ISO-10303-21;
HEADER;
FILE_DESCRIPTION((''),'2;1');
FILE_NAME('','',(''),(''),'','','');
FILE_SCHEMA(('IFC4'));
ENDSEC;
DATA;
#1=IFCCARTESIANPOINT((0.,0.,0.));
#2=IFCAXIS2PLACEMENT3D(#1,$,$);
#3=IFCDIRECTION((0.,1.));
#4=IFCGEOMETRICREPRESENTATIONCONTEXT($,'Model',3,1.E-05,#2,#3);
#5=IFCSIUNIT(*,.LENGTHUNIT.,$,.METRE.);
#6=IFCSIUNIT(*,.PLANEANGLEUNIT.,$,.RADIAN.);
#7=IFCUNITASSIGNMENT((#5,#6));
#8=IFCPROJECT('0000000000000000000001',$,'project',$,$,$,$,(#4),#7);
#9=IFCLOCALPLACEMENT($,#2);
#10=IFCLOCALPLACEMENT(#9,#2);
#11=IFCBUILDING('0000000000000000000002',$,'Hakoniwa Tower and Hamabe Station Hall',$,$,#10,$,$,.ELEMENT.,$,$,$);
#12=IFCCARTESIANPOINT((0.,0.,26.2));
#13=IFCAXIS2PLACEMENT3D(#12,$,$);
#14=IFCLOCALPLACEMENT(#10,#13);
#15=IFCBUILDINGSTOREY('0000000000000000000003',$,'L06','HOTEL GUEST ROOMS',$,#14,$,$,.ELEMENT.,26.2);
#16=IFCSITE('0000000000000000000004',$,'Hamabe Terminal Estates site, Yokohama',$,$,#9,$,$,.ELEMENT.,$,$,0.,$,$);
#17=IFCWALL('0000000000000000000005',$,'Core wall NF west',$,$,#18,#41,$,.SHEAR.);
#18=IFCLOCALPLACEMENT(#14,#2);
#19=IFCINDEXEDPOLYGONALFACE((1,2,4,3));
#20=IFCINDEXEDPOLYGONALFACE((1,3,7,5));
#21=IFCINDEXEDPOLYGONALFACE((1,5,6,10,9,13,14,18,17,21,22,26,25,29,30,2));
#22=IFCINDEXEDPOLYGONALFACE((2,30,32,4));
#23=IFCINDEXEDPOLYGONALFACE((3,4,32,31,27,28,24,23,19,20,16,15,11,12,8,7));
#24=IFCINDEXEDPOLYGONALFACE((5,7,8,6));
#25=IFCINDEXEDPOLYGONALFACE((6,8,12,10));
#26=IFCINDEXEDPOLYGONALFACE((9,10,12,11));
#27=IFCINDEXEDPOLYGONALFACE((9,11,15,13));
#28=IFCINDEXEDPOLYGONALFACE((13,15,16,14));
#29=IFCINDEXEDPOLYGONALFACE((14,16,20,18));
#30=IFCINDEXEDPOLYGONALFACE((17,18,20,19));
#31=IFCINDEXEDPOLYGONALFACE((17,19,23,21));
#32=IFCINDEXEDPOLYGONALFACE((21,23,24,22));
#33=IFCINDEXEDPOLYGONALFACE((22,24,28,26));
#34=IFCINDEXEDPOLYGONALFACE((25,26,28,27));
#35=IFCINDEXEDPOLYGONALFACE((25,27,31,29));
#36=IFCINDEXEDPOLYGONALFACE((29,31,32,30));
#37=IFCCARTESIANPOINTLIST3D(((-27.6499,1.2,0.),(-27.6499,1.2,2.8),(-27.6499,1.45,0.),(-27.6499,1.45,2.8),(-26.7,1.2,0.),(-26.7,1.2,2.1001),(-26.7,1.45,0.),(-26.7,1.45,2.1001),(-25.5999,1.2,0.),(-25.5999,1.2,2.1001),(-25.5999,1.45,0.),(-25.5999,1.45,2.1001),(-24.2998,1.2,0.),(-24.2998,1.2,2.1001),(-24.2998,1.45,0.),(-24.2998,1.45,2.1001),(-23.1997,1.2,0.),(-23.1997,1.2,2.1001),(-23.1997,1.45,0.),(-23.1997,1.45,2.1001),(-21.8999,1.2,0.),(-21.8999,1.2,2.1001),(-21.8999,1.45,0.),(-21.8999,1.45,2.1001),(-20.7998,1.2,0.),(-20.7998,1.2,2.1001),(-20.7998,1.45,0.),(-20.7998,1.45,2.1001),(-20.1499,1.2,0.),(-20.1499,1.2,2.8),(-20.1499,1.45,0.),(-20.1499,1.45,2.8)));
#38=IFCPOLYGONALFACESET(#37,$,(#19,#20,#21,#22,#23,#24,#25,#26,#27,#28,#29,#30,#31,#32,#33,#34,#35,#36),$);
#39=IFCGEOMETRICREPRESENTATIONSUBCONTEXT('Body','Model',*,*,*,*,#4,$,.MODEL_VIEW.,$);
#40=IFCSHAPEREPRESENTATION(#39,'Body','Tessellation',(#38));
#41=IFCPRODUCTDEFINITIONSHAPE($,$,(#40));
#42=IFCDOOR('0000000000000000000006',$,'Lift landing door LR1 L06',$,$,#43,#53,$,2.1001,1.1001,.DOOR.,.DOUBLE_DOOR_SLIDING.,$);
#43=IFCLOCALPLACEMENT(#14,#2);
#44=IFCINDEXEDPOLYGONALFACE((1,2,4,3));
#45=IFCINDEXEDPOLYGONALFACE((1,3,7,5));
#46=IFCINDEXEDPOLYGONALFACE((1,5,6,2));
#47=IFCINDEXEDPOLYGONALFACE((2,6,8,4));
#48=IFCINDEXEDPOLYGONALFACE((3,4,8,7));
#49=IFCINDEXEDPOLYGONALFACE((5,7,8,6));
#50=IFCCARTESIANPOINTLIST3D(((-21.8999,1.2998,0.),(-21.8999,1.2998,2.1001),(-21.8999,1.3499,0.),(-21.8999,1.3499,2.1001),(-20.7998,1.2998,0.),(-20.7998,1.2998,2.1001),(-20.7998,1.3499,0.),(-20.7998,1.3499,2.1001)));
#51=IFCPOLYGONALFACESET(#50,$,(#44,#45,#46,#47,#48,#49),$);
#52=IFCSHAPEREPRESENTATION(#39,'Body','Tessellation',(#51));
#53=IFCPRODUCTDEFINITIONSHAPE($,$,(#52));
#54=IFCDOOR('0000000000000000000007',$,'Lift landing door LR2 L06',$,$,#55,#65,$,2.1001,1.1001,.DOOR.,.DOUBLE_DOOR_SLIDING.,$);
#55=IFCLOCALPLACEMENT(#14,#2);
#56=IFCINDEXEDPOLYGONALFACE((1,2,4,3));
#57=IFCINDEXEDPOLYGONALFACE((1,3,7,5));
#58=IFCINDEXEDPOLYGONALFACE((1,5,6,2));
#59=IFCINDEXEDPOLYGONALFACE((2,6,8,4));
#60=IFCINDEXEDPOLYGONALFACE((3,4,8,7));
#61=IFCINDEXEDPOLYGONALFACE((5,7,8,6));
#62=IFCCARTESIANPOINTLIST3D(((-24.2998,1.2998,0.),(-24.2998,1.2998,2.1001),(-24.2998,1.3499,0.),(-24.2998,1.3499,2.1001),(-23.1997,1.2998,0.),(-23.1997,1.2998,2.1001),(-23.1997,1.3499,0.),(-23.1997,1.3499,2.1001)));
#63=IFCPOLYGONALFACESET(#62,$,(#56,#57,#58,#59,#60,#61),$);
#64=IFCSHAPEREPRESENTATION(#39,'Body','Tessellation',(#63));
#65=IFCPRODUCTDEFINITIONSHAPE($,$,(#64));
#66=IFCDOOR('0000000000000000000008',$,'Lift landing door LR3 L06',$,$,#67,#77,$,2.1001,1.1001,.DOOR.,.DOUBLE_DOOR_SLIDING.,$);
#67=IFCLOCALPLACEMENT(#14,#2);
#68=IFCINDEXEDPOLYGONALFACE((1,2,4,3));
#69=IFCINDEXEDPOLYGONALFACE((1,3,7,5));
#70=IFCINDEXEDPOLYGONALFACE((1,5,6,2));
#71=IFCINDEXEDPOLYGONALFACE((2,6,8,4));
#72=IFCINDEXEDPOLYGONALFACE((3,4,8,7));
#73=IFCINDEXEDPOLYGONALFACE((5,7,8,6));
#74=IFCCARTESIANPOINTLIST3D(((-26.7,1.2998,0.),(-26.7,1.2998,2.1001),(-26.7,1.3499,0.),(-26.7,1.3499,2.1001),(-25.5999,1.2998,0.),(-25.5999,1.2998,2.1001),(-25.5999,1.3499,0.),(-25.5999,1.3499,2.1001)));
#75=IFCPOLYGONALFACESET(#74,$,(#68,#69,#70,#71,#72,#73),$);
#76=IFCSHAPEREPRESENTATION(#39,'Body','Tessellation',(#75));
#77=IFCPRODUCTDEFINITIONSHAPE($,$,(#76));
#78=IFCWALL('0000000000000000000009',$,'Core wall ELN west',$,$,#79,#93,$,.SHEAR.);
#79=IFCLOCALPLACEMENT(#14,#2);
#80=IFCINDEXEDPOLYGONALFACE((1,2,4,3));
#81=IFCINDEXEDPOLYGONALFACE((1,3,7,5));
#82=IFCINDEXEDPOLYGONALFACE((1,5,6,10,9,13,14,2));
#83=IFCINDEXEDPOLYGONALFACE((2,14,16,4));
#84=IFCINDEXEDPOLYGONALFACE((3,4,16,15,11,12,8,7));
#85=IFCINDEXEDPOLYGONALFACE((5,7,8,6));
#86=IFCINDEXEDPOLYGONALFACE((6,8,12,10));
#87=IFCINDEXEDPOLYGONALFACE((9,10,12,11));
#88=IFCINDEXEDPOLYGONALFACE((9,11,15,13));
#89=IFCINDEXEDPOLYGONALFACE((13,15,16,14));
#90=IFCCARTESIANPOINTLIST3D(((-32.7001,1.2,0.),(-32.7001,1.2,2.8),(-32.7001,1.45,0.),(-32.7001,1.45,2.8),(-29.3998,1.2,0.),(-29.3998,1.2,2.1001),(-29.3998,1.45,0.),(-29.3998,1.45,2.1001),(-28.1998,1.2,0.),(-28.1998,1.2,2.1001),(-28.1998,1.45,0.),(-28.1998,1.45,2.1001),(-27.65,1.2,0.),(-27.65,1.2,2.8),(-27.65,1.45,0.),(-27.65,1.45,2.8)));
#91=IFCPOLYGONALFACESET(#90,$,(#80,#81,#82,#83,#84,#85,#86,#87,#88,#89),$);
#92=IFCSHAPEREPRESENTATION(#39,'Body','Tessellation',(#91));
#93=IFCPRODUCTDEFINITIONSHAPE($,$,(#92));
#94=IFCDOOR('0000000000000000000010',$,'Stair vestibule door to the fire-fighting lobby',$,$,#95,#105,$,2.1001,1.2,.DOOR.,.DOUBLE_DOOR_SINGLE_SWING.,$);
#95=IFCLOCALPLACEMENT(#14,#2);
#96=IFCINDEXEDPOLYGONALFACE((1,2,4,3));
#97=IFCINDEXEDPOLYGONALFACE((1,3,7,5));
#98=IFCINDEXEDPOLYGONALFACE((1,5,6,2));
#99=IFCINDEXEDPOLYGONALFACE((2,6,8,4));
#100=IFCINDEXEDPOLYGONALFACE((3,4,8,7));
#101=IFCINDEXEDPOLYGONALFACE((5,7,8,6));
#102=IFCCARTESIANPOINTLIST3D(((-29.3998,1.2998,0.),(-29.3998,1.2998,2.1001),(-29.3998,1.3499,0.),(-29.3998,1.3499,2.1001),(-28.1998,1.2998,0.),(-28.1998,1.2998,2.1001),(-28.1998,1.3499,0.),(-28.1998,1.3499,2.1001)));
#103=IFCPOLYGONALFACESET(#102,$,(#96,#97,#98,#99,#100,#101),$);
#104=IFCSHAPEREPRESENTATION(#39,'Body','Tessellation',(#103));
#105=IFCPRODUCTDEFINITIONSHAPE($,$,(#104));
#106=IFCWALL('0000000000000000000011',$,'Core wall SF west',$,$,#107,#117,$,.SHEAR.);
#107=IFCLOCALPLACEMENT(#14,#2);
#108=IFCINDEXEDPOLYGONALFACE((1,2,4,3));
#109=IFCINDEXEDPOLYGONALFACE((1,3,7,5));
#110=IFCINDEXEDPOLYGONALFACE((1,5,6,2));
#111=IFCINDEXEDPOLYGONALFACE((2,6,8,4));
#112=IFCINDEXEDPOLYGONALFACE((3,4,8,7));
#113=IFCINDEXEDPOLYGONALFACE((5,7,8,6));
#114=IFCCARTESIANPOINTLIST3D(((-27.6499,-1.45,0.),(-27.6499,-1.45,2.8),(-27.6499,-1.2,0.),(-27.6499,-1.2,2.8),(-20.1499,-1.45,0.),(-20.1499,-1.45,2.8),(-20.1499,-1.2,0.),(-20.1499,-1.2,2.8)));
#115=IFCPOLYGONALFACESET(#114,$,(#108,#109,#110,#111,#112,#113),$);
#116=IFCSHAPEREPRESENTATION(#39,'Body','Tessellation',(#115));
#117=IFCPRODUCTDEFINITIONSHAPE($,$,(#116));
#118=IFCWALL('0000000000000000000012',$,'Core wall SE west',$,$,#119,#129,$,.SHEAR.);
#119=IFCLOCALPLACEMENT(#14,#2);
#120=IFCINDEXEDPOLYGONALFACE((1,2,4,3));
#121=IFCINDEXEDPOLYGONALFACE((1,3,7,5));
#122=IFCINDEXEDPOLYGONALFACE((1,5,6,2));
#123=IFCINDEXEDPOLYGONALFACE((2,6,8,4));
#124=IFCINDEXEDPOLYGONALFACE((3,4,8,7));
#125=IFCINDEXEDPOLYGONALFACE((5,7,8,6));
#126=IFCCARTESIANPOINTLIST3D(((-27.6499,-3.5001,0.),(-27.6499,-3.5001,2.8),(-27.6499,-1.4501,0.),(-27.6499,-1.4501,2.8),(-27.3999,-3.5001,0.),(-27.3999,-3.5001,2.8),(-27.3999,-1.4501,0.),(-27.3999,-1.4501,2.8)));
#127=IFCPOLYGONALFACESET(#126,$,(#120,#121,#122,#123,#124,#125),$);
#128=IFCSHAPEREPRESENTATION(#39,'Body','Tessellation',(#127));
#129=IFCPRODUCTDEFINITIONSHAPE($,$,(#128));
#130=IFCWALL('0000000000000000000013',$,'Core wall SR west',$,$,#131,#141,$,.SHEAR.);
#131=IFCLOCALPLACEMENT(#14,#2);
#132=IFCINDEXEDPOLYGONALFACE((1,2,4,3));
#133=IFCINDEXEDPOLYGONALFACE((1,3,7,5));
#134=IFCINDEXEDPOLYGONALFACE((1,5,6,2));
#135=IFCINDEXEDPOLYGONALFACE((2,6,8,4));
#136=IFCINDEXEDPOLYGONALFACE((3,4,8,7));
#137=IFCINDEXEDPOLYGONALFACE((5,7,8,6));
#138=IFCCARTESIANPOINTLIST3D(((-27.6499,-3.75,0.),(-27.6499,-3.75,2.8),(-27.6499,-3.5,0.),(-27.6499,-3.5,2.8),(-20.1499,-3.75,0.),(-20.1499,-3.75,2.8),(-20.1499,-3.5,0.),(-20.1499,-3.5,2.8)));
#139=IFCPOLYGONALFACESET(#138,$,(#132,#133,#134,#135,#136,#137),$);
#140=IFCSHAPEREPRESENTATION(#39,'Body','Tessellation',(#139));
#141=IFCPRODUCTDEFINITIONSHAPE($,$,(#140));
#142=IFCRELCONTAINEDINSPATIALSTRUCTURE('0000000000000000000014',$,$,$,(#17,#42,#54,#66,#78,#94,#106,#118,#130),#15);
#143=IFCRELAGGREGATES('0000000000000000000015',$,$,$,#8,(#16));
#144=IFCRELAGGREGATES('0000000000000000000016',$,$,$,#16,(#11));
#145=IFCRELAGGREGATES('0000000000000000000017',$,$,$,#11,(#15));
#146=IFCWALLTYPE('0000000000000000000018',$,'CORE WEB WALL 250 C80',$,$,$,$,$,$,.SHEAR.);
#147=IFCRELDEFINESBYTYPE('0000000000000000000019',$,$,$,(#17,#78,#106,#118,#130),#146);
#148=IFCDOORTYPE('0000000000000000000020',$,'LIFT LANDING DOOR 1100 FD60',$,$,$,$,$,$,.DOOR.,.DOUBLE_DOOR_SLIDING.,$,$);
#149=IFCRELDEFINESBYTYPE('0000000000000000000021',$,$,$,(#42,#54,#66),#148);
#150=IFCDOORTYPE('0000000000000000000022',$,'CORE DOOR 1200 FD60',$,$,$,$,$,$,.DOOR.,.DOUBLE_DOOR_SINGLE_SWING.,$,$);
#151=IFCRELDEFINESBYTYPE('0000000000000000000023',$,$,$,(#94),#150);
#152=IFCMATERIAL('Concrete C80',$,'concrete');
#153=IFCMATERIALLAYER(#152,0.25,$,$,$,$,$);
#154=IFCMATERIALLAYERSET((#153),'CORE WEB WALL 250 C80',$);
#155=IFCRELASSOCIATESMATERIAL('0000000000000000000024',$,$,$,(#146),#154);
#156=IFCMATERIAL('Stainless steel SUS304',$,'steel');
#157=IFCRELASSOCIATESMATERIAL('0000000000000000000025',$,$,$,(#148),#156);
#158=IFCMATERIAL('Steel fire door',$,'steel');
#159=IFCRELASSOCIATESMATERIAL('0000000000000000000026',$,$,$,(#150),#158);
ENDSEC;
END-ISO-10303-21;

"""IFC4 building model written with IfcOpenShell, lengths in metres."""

from ifc_helpers import new_model, si_unit, direction, frame, frame_2d, origin, place, context, subcontext, project, spatial, rectangle, extrude, material, layer, layer_set, type_object, element, fill, save


model = new_model("IFC4")

# Units and contexts
model_context = context("Model", 3, precision=1e-05, world=origin(), true_north=direction((0.0, 1.0)))
body_context = subcontext(model_context, "Body", "Model", "MODEL_VIEW")
ifc_project = project(units=[si_unit("LENGTHUNIT", "METRE"), si_unit("PLANEANGLEUNIT", "RADIAN")], contexts=[model_context])

# Site, building, storey
site_placement = place(None, origin())
site = spatial("IfcSite", under=ifc_project, at=site_placement, Name="Hamabe Terminal Estates site, Yokohama", CompositionType="ELEMENT", RefElevation=0.0)
building_placement = place(site_placement, origin())
building = spatial("IfcBuilding", under=site, at=building_placement, Name="Hakoniwa Tower and Hamabe Station Hall", CompositionType="ELEMENT")
storey_placement = place(building_placement, frame((0.0, 0.0, 26.2)))
storey = spatial("IfcBuildingStorey", under=building, at=storey_placement, Name="L06", Description="HOTEL GUEST ROOMS", CompositionType="ELEMENT", Elevation=26.2)

# Wall, openings, doors
ifc_material_1 = material(Name="Concrete C80", Category="concrete")
ifc_layer_1 = layer(ifc_material_1, 0.25)
ifc_layer_set_1 = layer_set([ifc_layer_1], Name="CORE WEB WALL 250 C80")
wall_type_1 = type_object("IfcWallType", Name="CORE WEB WALL 250 C80", PredefinedType="SHEAR", material=ifc_layer_set_1)
wall_1_placement = place(storey_placement, frame((-27.6499, 1.325, 0.0), z_axis=(0.0, 0.0, 1.0), x_axis=(1.0, 0.0, 0.0)))
wall_1 = element("IfcWall", 1, at=wall_1_placement, inside=storey, type_object=wall_type_1, Name="Core wall NF west", PredefinedType="SHEAR", context=body_context, shape_type="SweptSolid", body=[
    extrude(rectangle(XDim=7.5, YDim=0.25, at=frame_2d((3.75, 0.0))), origin(), (0.0, 0.0, 1.0), 2.8),
])
opening_1_placement = place(wall_1_placement, frame((5.75, 0.0, 0.0)))
opening_1 = element("IfcOpeningElement", 2, at=opening_1_placement, cuts=wall_1, PredefinedType="OPENING", context=body_context, shape_type="SweptSolid", body=[
    extrude(rectangle(XDim=1.1001, YDim=2.1001, at=frame_2d((0.55, 1.05))), frame((0.0, 0.135, 0.0), z_axis=(0.0, -1.0, 0.0), x_axis=(1.0, 0.0, 0.0)), (0.0, 0.0, 1.0), 0.27),
])
opening_2_placement = place(wall_1_placement, frame((3.3501, 0.0, 0.0)))
opening_2 = element("IfcOpeningElement", 3, at=opening_2_placement, cuts=wall_1, PredefinedType="OPENING", context=body_context, shape_type="SweptSolid", body=[
    extrude(rectangle(XDim=1.1001, YDim=2.1001, at=frame_2d((0.55, 1.05))), frame((0.0, 0.135, 0.0), z_axis=(0.0, -1.0, 0.0), x_axis=(1.0, 0.0, 0.0)), (0.0, 0.0, 1.0), 0.27),
])
opening_3_placement = place(wall_1_placement, frame((0.95, 0.0, 0.0)))
opening_3 = element("IfcOpeningElement", 4, at=opening_3_placement, cuts=wall_1, PredefinedType="OPENING", context=body_context, shape_type="SweptSolid", body=[
    extrude(rectangle(XDim=1.1001, YDim=2.1001, at=frame_2d((0.55, 1.05))), frame((0.0, 0.135, 0.0), z_axis=(0.0, -1.0, 0.0), x_axis=(1.0, 0.0, 0.0)), (0.0, 0.0, 1.0), 0.27),
])
ifc_material_2 = material(Name="Stainless steel SUS304", Category="steel")
door_type_1 = type_object("IfcDoorType", Name="LIFT LANDING DOOR 1100 FD60", OperationType="DOUBLE_DOOR_SLIDING", PredefinedType="DOOR", material=ifc_material_2)
door_1_placement = place(opening_1_placement, origin())
door_1 = element("IfcDoor", 5, at=door_1_placement, inside=storey, type_object=door_type_1, Name="Lift landing door LR1 L06", OperationType="DOUBLE_DOOR_SLIDING", OverallHeight=2.1001, OverallWidth=1.1001, PredefinedType="DOOR", context=body_context, shape_type="SweptSolid", body=[
    extrude(rectangle(XDim=1.1001, YDim=2.1001, at=frame_2d((0.55, 1.05))), frame((0.0, 0.0249, 0.0), z_axis=(0.0, -1.0, 0.0), x_axis=(1.0, 0.0, 0.0)), (0.0, 0.0, 1.0), 0.05),
])
fill(opening_1, door_1)
door_2_placement = place(opening_2_placement, origin())
door_2 = element("IfcDoor", 6, at=door_2_placement, inside=storey, type_object=door_type_1, Name="Lift landing door LR2 L06", OperationType="DOUBLE_DOOR_SLIDING", OverallHeight=2.1001, OverallWidth=1.1001, PredefinedType="DOOR", context=body_context, shape_type="SweptSolid", body=[
    extrude(rectangle(XDim=1.1001, YDim=2.1001, at=frame_2d((0.55, 1.05))), frame((0.0, 0.0249, 0.0), z_axis=(0.0, -1.0, 0.0), x_axis=(1.0, 0.0, 0.0)), (0.0, 0.0, 1.0), 0.05),
])
fill(opening_2, door_2)
door_3_placement = place(opening_3_placement, origin())
door_3 = element("IfcDoor", 7, at=door_3_placement, inside=storey, type_object=door_type_1, Name="Lift landing door LR3 L06", OperationType="DOUBLE_DOOR_SLIDING", OverallHeight=2.1001, OverallWidth=1.1001, PredefinedType="DOOR", context=body_context, shape_type="SweptSolid", body=[
    extrude(rectangle(XDim=1.1001, YDim=2.1001, at=frame_2d((0.55, 1.05))), frame((0.0, 0.0249, 0.0), z_axis=(0.0, -1.0, 0.0), x_axis=(1.0, 0.0, 0.0)), (0.0, 0.0, 1.0), 0.05),
])
fill(opening_3, door_3)

# Wall, opening, door
wall_2_placement = place(storey_placement, frame((-32.7, 1.325, 0.0), z_axis=(0.0, 0.0, 1.0), x_axis=(1.0, 0.0, 0.0)))
wall_2 = element("IfcWall", 8, at=wall_2_placement, inside=storey, type_object=wall_type_1, Name="Core wall ELN west", PredefinedType="SHEAR", context=body_context, shape_type="SweptSolid", body=[
    extrude(rectangle(XDim=5.05, YDim=0.25, at=frame_2d((2.5249, 0.0))), origin(), (0.0, 0.0, 1.0), 2.8),
])
opening_4_placement = place(wall_2_placement, frame((3.3, 0.0, 0.0)))
opening_4 = element("IfcOpeningElement", 9, at=opening_4_placement, cuts=wall_2, PredefinedType="OPENING", context=body_context, shape_type="SweptSolid", body=[
    extrude(rectangle(XDim=1.2, YDim=2.1001, at=frame_2d((0.6001, 1.05))), frame((0.0, 0.135, 0.0), z_axis=(0.0, -1.0, 0.0), x_axis=(1.0, 0.0, 0.0)), (0.0, 0.0, 1.0), 0.27),
])
ifc_material_3 = material(Name="Steel fire door", Category="steel")
door_type_2 = type_object("IfcDoorType", Name="CORE DOOR 1200 FD60", OperationType="DOUBLE_DOOR_SINGLE_SWING", PredefinedType="DOOR", material=ifc_material_3)
door_4_placement = place(opening_4_placement, origin())
door_4 = element("IfcDoor", 10, at=door_4_placement, inside=storey, type_object=door_type_2, Name="Stair vestibule door to the fire-fighting lobby", OperationType="DOUBLE_DOOR_SINGLE_SWING", OverallHeight=2.1001, OverallWidth=1.2, PredefinedType="DOOR", context=body_context, shape_type="SweptSolid", body=[
    extrude(rectangle(XDim=1.2, YDim=2.1001, at=frame_2d((0.6001, 1.05))), frame((0.0, 0.0249, 0.0), z_axis=(0.0, -1.0, 0.0), x_axis=(1.0, 0.0, 0.0)), (0.0, 0.0, 1.0), 0.05),
])
fill(opening_4, door_4)

# Walls
wall_3_placement = place(storey_placement, frame((-27.6499, -1.325, 0.0), z_axis=(0.0, 0.0, 1.0), x_axis=(1.0, 0.0, 0.0)))
element("IfcWall", 11, at=wall_3_placement, inside=storey, type_object=wall_type_1, Name="Core wall SF west", PredefinedType="SHEAR", context=body_context, shape_type="SweptSolid", body=[
    extrude(rectangle(XDim=7.5, YDim=0.25, at=frame_2d((3.75, 0.0))), origin(), (0.0, 0.0, 1.0), 2.8),
])
wall_4_placement = place(storey_placement, frame((-27.5249, -3.5, 0.0), z_axis=(0.0, 0.0, 1.0), x_axis=(0.0, 1.0, 0.0)))
element("IfcWall", 12, at=wall_4_placement, inside=storey, type_object=wall_type_1, Name="Core wall SE west", PredefinedType="SHEAR", context=body_context, shape_type="SweptSolid", body=[
    extrude(rectangle(XDim=2.05, YDim=0.25, at=frame_2d((1.0249, 0.0))), origin(), (0.0, 0.0, 1.0), 2.8),
])
wall_5_placement = place(storey_placement, frame((-27.6499, -3.625, 0.0), z_axis=(0.0, 0.0, 1.0), x_axis=(1.0, 0.0, 0.0)))
element("IfcWall", 13, at=wall_5_placement, inside=storey, type_object=wall_type_1, Name="Core wall SR west", PredefinedType="SHEAR", context=body_context, shape_type="SweptSolid", body=[
    extrude(rectangle(XDim=7.5, YDim=0.25, at=frame_2d((3.75, 0.0))), origin(), (0.0, 0.0, 1.0), 2.8),
])

save(model, "model.ifc")
